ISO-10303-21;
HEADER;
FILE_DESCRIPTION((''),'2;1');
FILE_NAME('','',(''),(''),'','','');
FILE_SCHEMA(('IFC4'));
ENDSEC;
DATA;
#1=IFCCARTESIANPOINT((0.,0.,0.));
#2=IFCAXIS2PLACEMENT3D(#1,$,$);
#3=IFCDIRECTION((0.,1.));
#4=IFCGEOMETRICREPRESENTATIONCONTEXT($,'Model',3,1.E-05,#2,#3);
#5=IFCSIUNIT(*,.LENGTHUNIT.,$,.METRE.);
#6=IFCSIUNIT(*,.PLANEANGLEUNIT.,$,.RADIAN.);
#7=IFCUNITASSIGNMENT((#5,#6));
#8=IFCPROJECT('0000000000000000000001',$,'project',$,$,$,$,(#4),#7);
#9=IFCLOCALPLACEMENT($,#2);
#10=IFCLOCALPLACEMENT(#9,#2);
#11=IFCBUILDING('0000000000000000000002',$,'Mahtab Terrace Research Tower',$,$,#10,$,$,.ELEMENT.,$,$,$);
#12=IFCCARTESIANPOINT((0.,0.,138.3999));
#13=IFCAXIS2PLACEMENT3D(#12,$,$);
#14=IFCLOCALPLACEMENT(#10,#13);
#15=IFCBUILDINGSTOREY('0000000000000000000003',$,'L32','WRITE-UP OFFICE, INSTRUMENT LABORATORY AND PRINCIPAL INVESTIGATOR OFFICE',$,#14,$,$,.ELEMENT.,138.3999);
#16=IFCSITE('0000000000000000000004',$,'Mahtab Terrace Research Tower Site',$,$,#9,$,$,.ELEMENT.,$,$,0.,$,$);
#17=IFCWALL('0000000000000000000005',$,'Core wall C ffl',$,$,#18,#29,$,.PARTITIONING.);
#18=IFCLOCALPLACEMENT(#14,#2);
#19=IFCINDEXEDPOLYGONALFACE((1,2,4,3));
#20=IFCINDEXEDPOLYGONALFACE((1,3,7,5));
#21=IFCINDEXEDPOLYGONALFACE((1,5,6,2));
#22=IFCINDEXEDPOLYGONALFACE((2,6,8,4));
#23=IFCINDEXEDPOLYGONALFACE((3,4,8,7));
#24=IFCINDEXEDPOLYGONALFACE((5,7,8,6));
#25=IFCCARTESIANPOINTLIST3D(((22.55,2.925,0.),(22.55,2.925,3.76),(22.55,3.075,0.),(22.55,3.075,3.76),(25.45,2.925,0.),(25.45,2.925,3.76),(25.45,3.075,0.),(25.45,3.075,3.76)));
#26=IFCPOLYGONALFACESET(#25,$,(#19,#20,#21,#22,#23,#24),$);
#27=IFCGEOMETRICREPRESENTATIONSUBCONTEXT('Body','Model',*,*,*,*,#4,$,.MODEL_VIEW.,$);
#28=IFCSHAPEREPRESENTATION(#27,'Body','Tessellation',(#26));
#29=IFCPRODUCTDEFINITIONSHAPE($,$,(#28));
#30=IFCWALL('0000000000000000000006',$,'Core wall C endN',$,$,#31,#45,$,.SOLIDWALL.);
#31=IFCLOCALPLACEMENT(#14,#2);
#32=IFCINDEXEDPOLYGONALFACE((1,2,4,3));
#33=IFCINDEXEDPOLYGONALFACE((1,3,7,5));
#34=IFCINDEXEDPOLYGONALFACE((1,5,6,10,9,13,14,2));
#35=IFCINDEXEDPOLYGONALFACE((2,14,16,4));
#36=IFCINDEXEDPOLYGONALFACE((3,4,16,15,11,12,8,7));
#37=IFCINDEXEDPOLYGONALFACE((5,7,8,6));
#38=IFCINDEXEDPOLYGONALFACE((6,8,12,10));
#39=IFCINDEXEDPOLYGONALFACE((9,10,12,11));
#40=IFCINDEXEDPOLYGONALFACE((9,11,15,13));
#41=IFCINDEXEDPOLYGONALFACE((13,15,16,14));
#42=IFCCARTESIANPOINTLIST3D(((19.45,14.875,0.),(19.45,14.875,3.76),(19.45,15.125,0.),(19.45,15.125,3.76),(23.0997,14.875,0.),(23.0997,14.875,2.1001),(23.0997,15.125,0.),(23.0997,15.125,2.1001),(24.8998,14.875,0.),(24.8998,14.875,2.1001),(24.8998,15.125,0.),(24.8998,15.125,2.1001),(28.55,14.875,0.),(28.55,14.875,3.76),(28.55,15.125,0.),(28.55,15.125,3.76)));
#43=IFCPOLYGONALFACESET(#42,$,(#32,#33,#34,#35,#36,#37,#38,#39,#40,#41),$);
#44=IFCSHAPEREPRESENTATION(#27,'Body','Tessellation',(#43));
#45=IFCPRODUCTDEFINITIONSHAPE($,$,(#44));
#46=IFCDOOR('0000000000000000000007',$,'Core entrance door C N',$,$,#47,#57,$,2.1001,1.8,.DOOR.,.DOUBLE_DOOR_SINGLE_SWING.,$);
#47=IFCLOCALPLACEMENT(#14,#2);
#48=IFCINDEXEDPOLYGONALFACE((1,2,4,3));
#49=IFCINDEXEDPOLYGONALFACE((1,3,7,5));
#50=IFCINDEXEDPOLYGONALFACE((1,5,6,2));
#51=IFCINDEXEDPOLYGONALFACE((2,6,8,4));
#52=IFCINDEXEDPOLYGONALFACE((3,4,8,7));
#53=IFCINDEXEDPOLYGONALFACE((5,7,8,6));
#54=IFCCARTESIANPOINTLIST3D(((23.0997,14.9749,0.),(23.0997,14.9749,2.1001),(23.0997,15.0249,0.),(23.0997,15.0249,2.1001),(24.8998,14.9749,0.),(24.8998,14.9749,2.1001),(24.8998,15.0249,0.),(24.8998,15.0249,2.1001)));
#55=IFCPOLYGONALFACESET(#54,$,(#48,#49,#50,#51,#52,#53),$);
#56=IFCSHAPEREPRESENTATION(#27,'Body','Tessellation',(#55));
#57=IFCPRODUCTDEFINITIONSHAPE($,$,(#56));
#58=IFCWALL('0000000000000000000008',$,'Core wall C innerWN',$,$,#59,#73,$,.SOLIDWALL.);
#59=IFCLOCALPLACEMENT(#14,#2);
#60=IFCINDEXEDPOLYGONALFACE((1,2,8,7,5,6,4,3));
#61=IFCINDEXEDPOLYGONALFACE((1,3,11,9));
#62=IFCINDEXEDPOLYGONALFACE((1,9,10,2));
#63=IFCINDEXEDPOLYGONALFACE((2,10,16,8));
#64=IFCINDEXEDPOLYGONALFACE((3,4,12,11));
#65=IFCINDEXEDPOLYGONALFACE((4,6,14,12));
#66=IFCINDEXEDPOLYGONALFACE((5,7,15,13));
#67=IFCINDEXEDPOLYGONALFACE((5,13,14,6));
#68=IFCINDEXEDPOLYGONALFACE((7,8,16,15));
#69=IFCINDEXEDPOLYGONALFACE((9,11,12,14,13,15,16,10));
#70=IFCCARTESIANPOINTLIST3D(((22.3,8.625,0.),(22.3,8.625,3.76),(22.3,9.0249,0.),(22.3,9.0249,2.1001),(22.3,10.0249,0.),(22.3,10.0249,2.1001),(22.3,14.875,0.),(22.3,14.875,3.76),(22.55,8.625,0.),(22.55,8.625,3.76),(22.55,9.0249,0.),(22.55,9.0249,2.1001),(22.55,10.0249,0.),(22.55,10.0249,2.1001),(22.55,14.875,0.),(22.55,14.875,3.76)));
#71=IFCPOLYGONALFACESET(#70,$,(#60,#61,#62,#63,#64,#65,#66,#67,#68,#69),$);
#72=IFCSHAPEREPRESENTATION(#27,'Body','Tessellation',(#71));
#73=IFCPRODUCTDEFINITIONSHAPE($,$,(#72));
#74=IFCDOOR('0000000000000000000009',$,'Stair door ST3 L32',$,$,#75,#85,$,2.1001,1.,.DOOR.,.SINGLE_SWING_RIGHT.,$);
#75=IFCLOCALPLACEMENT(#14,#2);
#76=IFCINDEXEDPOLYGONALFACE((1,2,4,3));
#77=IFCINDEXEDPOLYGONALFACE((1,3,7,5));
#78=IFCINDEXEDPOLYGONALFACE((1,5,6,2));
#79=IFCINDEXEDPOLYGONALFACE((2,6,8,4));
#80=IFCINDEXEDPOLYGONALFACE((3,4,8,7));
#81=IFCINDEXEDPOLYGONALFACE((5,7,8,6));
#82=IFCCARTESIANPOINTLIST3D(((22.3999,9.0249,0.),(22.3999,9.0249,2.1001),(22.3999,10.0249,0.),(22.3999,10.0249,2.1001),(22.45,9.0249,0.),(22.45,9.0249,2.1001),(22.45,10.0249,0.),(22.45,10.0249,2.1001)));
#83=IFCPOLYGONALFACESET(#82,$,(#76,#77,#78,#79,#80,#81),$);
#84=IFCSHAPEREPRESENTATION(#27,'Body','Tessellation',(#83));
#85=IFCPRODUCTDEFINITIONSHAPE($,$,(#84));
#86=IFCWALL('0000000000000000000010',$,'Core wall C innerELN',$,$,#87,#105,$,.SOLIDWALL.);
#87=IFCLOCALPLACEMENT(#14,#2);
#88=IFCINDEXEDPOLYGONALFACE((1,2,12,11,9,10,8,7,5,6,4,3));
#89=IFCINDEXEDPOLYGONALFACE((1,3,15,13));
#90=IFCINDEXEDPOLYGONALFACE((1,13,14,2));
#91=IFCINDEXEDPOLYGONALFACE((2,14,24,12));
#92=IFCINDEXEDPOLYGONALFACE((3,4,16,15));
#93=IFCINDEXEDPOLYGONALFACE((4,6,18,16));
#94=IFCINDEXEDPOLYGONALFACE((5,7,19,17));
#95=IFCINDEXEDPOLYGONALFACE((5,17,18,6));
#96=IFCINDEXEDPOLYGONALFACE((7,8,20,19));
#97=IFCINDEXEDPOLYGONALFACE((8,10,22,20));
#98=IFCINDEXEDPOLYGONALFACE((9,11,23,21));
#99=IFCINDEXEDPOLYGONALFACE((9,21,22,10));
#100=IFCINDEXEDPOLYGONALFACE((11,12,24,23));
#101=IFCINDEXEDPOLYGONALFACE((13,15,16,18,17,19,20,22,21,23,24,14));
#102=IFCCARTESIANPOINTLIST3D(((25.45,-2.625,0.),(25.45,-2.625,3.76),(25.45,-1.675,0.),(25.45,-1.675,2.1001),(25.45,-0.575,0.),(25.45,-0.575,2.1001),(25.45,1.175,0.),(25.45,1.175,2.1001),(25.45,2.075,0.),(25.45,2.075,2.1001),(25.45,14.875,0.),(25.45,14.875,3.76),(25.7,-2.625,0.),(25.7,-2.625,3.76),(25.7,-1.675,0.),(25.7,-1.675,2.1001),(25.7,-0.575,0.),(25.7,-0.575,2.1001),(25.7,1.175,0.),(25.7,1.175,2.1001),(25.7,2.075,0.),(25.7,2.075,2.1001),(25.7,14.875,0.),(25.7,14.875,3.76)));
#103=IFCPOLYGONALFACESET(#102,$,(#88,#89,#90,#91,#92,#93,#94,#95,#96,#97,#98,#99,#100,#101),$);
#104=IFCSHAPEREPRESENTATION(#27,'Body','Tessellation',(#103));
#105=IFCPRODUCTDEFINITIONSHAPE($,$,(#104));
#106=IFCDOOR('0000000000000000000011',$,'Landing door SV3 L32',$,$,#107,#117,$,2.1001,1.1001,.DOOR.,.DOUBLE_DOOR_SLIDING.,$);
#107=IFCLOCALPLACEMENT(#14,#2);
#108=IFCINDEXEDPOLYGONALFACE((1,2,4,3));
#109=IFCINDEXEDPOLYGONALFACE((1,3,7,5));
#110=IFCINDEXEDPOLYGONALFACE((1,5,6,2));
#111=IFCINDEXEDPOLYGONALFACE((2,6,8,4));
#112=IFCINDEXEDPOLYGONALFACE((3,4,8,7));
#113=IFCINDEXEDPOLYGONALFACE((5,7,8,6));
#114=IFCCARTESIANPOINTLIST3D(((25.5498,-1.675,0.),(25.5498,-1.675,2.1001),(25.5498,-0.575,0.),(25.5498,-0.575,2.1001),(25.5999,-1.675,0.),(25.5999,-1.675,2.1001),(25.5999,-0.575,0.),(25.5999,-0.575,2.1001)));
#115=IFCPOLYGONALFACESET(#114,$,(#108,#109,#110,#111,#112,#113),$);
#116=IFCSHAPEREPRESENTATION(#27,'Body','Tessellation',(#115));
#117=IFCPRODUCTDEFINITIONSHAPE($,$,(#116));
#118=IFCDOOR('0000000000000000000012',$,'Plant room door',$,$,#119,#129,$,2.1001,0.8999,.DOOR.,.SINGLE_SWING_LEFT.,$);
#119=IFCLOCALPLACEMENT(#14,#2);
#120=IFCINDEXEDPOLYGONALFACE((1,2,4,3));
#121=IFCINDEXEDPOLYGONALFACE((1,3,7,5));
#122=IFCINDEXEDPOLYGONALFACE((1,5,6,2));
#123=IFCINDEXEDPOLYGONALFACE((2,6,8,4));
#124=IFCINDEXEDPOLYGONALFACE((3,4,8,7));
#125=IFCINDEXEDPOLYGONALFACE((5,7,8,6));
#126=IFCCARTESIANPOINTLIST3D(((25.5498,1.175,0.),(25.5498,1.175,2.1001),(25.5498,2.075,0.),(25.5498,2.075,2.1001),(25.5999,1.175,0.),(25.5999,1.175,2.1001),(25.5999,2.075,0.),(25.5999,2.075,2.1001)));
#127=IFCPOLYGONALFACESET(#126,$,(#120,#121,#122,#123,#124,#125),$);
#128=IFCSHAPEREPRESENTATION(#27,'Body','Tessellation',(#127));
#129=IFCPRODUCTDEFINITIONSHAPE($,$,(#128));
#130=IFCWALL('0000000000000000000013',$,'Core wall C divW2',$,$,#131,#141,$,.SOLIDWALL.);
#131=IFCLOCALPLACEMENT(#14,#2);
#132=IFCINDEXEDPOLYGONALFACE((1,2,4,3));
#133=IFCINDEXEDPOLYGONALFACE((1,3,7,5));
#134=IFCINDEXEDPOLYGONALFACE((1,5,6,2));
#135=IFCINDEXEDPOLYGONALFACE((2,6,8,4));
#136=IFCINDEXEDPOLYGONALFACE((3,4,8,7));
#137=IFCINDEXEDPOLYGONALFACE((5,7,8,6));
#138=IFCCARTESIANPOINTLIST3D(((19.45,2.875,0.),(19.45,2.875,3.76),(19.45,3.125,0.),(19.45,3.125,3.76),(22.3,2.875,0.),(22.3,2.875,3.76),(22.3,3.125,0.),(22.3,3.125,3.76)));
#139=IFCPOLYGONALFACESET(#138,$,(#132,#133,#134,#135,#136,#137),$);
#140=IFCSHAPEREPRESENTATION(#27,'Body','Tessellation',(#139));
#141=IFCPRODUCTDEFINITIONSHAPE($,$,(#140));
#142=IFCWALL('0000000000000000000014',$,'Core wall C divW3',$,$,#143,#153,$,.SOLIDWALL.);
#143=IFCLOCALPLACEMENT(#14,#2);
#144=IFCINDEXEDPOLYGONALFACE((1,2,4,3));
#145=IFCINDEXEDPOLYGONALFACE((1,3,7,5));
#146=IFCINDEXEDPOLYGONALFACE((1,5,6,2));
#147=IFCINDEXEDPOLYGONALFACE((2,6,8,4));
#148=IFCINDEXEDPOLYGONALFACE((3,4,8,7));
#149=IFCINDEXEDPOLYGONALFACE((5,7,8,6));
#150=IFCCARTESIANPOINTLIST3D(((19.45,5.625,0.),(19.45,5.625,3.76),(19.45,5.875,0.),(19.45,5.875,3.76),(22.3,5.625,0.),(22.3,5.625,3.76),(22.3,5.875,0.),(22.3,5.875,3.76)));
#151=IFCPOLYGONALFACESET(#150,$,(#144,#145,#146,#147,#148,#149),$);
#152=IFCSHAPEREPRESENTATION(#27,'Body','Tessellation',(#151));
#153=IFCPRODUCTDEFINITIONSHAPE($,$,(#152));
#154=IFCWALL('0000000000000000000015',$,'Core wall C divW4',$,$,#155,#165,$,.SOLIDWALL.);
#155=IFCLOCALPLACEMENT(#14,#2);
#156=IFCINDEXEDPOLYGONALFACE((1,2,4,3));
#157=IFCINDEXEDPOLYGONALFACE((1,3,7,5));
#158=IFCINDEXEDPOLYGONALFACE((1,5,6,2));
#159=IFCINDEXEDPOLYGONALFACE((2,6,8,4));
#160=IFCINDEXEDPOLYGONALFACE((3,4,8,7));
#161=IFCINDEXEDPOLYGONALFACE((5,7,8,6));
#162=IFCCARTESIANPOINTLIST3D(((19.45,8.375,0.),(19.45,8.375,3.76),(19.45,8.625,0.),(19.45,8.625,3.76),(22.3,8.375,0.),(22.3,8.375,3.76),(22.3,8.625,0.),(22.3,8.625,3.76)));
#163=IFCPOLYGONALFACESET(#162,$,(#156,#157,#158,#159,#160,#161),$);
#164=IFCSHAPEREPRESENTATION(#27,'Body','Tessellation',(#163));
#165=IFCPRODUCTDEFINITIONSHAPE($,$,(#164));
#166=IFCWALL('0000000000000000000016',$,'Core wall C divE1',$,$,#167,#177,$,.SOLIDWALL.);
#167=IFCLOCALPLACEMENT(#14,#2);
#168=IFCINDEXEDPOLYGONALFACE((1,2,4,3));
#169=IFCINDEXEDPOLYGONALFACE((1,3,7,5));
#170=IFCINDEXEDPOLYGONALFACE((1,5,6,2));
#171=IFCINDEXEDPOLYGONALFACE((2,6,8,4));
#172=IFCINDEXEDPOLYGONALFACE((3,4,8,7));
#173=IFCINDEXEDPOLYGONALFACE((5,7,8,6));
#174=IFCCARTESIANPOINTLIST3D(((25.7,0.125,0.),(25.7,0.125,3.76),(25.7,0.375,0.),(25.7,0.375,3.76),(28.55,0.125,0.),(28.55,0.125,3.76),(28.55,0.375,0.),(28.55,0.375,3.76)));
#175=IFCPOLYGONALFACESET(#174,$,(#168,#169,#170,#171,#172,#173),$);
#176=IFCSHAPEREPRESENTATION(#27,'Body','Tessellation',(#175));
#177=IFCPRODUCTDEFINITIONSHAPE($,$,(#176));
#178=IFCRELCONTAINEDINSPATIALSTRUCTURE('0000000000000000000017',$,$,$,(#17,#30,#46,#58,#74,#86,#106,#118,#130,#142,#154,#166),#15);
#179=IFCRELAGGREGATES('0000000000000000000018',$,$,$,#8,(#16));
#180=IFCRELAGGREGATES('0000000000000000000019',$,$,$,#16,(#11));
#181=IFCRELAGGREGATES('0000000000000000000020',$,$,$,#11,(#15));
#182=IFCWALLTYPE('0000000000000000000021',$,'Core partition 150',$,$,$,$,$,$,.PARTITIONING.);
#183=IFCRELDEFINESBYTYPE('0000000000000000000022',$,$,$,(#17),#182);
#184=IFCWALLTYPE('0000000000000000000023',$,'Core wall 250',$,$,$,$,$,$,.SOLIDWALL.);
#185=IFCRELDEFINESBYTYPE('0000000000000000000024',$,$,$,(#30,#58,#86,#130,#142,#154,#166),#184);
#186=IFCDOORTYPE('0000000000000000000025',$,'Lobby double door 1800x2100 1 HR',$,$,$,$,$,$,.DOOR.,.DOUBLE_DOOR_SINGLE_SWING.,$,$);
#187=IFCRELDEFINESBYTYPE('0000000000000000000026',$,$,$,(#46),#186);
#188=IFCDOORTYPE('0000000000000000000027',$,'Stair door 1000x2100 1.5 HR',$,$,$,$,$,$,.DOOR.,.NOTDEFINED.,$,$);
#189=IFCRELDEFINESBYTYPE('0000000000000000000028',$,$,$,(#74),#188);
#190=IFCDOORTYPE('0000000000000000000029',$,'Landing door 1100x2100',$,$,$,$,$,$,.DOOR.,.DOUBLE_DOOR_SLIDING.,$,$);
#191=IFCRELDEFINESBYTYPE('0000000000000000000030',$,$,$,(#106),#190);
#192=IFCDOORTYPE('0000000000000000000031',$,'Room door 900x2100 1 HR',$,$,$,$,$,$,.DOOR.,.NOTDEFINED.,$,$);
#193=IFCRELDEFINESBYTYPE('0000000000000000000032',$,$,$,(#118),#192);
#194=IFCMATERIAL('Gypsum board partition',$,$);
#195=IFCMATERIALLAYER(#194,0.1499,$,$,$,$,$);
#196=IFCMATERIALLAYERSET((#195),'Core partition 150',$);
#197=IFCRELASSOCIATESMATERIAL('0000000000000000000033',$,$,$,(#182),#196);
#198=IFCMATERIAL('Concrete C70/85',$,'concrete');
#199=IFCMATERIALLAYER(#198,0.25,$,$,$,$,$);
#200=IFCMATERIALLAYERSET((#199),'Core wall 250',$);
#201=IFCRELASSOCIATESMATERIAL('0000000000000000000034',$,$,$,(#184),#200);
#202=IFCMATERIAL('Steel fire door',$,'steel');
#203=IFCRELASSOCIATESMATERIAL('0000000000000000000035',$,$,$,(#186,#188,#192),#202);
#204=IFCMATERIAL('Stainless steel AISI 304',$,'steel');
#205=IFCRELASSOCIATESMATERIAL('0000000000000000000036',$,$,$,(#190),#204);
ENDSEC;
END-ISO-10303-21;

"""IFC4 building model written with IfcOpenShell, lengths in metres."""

from ifc_helpers import new_model, si_unit, direction, frame, frame_2d, origin, place, context, subcontext, project, spatial, rectangle, extrude, material, layer, layer_set, type_object, element, fill, save


model = new_model("IFC4")

# Units and contexts
model_context = context("Model", 3, precision=1e-05, world=origin(), true_north=direction((0.0, 1.0)))
body_context = subcontext(model_context, "Body", "Model", "MODEL_VIEW")
ifc_project = project(units=[si_unit("LENGTHUNIT", "METRE"), si_unit("PLANEANGLEUNIT", "RADIAN")], contexts=[model_context])

# Site, building, storey
site_placement = place(None, origin())
site = spatial("IfcSite", under=ifc_project, at=site_placement, Name="Mahtab Terrace Research Tower Site", CompositionType="ELEMENT", RefElevation=0.0)
building_placement = place(site_placement, origin())
building = spatial("IfcBuilding", under=site, at=building_placement, Name="Mahtab Terrace Research Tower", CompositionType="ELEMENT")
storey_placement = place(building_placement, frame((0.0, 0.0, 138.3999)))
storey = spatial("IfcBuildingStorey", under=building, at=storey_placement, Name="L32", Description="WRITE-UP OFFICE, INSTRUMENT LABORATORY AND PRINCIPAL INVESTIGATOR OFFICE", CompositionType="ELEMENT", Elevation=138.3999)

# Wall
ifc_material_1 = material(Name="Gypsum board partition")
ifc_layer_1 = layer(ifc_material_1, 0.1499)
ifc_layer_set_1 = layer_set([ifc_layer_1], Name="Core partition 150")
wall_type_1 = type_object("IfcWallType", Name="Core partition 150", PredefinedType="PARTITIONING", material=ifc_layer_set_1)
wall_1_placement = place(storey_placement, frame((22.55, 3.0, 0.0), z_axis=(0.0, 0.0, 1.0), x_axis=(1.0, 0.0, 0.0)))
element("IfcWall", 1, at=wall_1_placement, inside=storey, type_object=wall_type_1, Name="Core wall C ffl", PredefinedType="PARTITIONING", context=body_context, shape_type="SweptSolid", body=[
    extrude(rectangle(XDim=2.8999, YDim=0.1499, at=frame_2d((1.45, 0.0))), origin(), (0.0, 0.0, 1.0), 3.76),
])

# Walls, openings, doors
ifc_material_2 = material(Name="Concrete C70/85", Category="concrete")
ifc_layer_2 = layer(ifc_material_2, 0.25)
ifc_layer_set_2 = layer_set([ifc_layer_2], Name="Core wall 250")
wall_type_2 = type_object("IfcWallType", Name="Core wall 250", PredefinedType="SOLIDWALL", material=ifc_layer_set_2)
wall_2_placement = place(storey_placement, frame((19.45, 15.0, 0.0), z_axis=(0.0, 0.0, 1.0), x_axis=(1.0, 0.0, 0.0)))
wall_2 = element("IfcWall", 2, at=wall_2_placement, inside=storey, type_object=wall_type_2, Name="Core wall C endN", PredefinedType="SOLIDWALL", context=body_context, shape_type="SweptSolid", body=[
    extrude(rectangle(XDim=9.1001, YDim=0.25, at=frame_2d((4.55, 0.0))), origin(), (0.0, 0.0, 1.0), 3.76),
])
opening_1_placement = place(wall_2_placement, frame((3.6499, 0.0, 0.0)))
opening_1 = element("IfcOpeningElement", 3, at=opening_1_placement, cuts=wall_2, PredefinedType="OPENING", context=body_context, shape_type="SweptSolid", body=[
    extrude(rectangle(XDim=1.8, YDim=2.1001, at=frame_2d((0.8999, 1.05))), frame((0.0, 0.135, 0.0), z_axis=(0.0, -1.0, 0.0), x_axis=(1.0, 0.0, 0.0)), (0.0, 0.0, 1.0), 0.27),
])
ifc_material_3 = material(Name="Steel fire door", Category="steel")
door_type_1 = type_object("IfcDoorType", Name="Lobby double door 1800x2100 1 HR", OperationType="DOUBLE_DOOR_SINGLE_SWING", PredefinedType="DOOR", material=ifc_material_3)
door_1_placement = place(opening_1_placement, origin())
door_1 = element("IfcDoor", 4, at=door_1_placement, inside=storey, type_object=door_type_1, Name="Core entrance door C N", OperationType="DOUBLE_DOOR_SINGLE_SWING", OverallHeight=2.1001, OverallWidth=1.8, PredefinedType="DOOR", context=body_context, shape_type="SweptSolid", body=[
    extrude(rectangle(XDim=1.8, YDim=2.1001, at=frame_2d((0.8999, 1.05))), frame((0.0, 0.0249, 0.0), z_axis=(0.0, -1.0, 0.0), x_axis=(1.0, 0.0, 0.0)), (0.0, 0.0, 1.0), 0.05),
])
fill(opening_1, door_1)
wall_3_placement = place(storey_placement, frame((22.425, 14.875, 0.0), z_axis=(0.0, 0.0, 1.0), x_axis=(0.0, -1.0, 0.0)))
wall_3 = element("IfcWall", 5, at=wall_3_placement, inside=storey, type_object=wall_type_2, Name="Core wall C innerWN", PredefinedType="SOLIDWALL", context=body_context, shape_type="SweptSolid", body=[
    extrude(rectangle(XDim=6.25, YDim=0.25, at=frame_2d((3.125, 0.0))), origin(), (0.0, 0.0, 1.0), 3.76),
])
opening_2_placement = place(wall_3_placement, frame((4.8501, 0.0, 0.0)))
opening_2 = element("IfcOpeningElement", 6, at=opening_2_placement, cuts=wall_3, PredefinedType="OPENING", context=body_context, shape_type="SweptSolid", body=[
    extrude(rectangle(XDim=1.0, YDim=2.1001, at=frame_2d((0.5, 1.05))), frame((0.0, 0.135, 0.0), z_axis=(0.0, -1.0, 0.0), x_axis=(1.0, 0.0, 0.0)), (0.0, 0.0, 1.0), 0.27),
])
door_type_2 = type_object("IfcDoorType", Name="Stair door 1000x2100 1.5 HR", OperationType="NOTDEFINED", PredefinedType="DOOR", material=ifc_material_3)
door_2_placement = place(opening_2_placement, origin())
door_2 = element("IfcDoor", 7, at=door_2_placement, inside=storey, type_object=door_type_2, Name="Stair door ST3 L32", OperationType="SINGLE_SWING_RIGHT", OverallHeight=2.1001, OverallWidth=1.0, PredefinedType="DOOR", context=body_context, shape_type="SweptSolid", body=[
    extrude(rectangle(XDim=1.0, YDim=2.1001, at=frame_2d((0.5, 1.05))), frame((0.0, 0.0249, 0.0), z_axis=(0.0, -1.0, 0.0), x_axis=(1.0, 0.0, 0.0)), (0.0, 0.0, 1.0), 0.05),
])
fill(opening_2, door_2)

# Wall, openings, doors
wall_4_placement = place(storey_placement, frame((25.575, 14.875, 0.0), z_axis=(0.0, 0.0, 1.0), x_axis=(0.0, -1.0, 0.0)))
wall_4 = element("IfcWall", 8, at=wall_4_placement, inside=storey, type_object=wall_type_2, Name="Core wall C innerELN", PredefinedType="SOLIDWALL", context=body_context, shape_type="SweptSolid", body=[
    extrude(rectangle(XDim=17.5, YDim=0.25, at=frame_2d((8.75, 0.0))), origin(), (0.0, 0.0, 1.0), 3.76),
])
opening_3_placement = place(wall_4_placement, frame((15.45, 0.0, 0.0)))
opening_3 = element("IfcOpeningElement", 9, at=opening_3_placement, cuts=wall_4, PredefinedType="OPENING", context=body_context, shape_type="SweptSolid", body=[
    extrude(rectangle(XDim=1.1001, YDim=2.1001, at=frame_2d((0.55, 1.05))), frame((0.0, 0.135, 0.0), z_axis=(0.0, -1.0, 0.0), x_axis=(1.0, 0.0, 0.0)), (0.0, 0.0, 1.0), 0.27),
])
opening_4_placement = place(wall_4_placement, frame((12.8, 0.0, 0.0)))
opening_4 = element("IfcOpeningElement", 10, at=opening_4_placement, cuts=wall_4, PredefinedType="OPENING", context=body_context, shape_type="SweptSolid", body=[
    extrude(rectangle(XDim=0.8999, YDim=2.1001, at=frame_2d((0.45, 1.05))), frame((0.0, 0.135, 0.0), z_axis=(0.0, -1.0, 0.0), x_axis=(1.0, 0.0, 0.0)), (0.0, 0.0, 1.0), 0.27),
])
ifc_material_4 = material(Name="Stainless steel AISI 304", Category="steel")
door_type_3 = type_object("IfcDoorType", Name="Landing door 1100x2100", OperationType="DOUBLE_DOOR_SLIDING", PredefinedType="DOOR", material=ifc_material_4)
door_3_placement = place(opening_3_placement, origin())
door_3 = element("IfcDoor", 11, at=door_3_placement, inside=storey, type_object=door_type_3, Name="Landing door SV3 L32", OperationType="DOUBLE_DOOR_SLIDING", OverallHeight=2.1001, OverallWidth=1.1001, PredefinedType="DOOR", context=body_context, shape_type="SweptSolid", body=[
    extrude(rectangle(XDim=1.1001, YDim=2.1001, at=frame_2d((0.55, 1.05))), frame((0.0, 0.0249, 0.0), z_axis=(0.0, -1.0, 0.0), x_axis=(1.0, 0.0, 0.0)), (0.0, 0.0, 1.0), 0.05),
])
fill(opening_3, door_3)
door_type_4 = type_object("IfcDoorType", Name="Room door 900x2100 1 HR", OperationType="NOTDEFINED", PredefinedType="DOOR", material=ifc_material_3)
door_4_placement = place(opening_4_placement, origin())
door_4 = element("IfcDoor", 12, at=door_4_placement, inside=storey, type_object=door_type_4, Name="Plant room door", OperationType="SINGLE_SWING_LEFT", OverallHeight=2.1001, OverallWidth=0.8999, PredefinedType="DOOR", context=body_context, shape_type="SweptSolid", body=[
    extrude(rectangle(XDim=0.8999, YDim=2.1001, at=frame_2d((0.45, 1.05))), frame((0.0, 0.0249, 0.0), z_axis=(0.0, -1.0, 0.0), x_axis=(1.0, 0.0, 0.0)), (0.0, 0.0, 1.0), 0.05),
])
fill(opening_4, door_4)

# Walls
for number, where, z_axis, x_axis, name in (
    (13, (19.45, 3.0, 0.0), (0.0, 0.0, 1.0), (1.0, 0.0, 0.0), "Core wall C divW2"),
    (14, (19.45, 5.75, 0.0), (0.0, 0.0, 1.0), (1.0, 0.0, 0.0), "Core wall C divW3"),
    (15, (19.45, 8.5, 0.0), (0.0, 0.0, 1.0), (1.0, 0.0, 0.0), "Core wall C divW4"),
    (16, (25.7, 0.25, 0.0), (0.0, 0.0, 1.0), (1.0, 0.0, 0.0), "Core wall C divE1"),
):
    element("IfcWall", number, at=place(storey_placement, frame(where, z_axis=z_axis, x_axis=x_axis)), inside=storey, type_object=wall_type_2, Name=name, PredefinedType="SOLIDWALL", context=body_context, shape_type="SweptSolid", body=[
        extrude(rectangle(XDim=2.8501, YDim=0.25, at=frame_2d((1.425, 0.0))), origin(), (0.0, 0.0, 1.0), 3.76),
    ])

save(model, "model.ifc")
